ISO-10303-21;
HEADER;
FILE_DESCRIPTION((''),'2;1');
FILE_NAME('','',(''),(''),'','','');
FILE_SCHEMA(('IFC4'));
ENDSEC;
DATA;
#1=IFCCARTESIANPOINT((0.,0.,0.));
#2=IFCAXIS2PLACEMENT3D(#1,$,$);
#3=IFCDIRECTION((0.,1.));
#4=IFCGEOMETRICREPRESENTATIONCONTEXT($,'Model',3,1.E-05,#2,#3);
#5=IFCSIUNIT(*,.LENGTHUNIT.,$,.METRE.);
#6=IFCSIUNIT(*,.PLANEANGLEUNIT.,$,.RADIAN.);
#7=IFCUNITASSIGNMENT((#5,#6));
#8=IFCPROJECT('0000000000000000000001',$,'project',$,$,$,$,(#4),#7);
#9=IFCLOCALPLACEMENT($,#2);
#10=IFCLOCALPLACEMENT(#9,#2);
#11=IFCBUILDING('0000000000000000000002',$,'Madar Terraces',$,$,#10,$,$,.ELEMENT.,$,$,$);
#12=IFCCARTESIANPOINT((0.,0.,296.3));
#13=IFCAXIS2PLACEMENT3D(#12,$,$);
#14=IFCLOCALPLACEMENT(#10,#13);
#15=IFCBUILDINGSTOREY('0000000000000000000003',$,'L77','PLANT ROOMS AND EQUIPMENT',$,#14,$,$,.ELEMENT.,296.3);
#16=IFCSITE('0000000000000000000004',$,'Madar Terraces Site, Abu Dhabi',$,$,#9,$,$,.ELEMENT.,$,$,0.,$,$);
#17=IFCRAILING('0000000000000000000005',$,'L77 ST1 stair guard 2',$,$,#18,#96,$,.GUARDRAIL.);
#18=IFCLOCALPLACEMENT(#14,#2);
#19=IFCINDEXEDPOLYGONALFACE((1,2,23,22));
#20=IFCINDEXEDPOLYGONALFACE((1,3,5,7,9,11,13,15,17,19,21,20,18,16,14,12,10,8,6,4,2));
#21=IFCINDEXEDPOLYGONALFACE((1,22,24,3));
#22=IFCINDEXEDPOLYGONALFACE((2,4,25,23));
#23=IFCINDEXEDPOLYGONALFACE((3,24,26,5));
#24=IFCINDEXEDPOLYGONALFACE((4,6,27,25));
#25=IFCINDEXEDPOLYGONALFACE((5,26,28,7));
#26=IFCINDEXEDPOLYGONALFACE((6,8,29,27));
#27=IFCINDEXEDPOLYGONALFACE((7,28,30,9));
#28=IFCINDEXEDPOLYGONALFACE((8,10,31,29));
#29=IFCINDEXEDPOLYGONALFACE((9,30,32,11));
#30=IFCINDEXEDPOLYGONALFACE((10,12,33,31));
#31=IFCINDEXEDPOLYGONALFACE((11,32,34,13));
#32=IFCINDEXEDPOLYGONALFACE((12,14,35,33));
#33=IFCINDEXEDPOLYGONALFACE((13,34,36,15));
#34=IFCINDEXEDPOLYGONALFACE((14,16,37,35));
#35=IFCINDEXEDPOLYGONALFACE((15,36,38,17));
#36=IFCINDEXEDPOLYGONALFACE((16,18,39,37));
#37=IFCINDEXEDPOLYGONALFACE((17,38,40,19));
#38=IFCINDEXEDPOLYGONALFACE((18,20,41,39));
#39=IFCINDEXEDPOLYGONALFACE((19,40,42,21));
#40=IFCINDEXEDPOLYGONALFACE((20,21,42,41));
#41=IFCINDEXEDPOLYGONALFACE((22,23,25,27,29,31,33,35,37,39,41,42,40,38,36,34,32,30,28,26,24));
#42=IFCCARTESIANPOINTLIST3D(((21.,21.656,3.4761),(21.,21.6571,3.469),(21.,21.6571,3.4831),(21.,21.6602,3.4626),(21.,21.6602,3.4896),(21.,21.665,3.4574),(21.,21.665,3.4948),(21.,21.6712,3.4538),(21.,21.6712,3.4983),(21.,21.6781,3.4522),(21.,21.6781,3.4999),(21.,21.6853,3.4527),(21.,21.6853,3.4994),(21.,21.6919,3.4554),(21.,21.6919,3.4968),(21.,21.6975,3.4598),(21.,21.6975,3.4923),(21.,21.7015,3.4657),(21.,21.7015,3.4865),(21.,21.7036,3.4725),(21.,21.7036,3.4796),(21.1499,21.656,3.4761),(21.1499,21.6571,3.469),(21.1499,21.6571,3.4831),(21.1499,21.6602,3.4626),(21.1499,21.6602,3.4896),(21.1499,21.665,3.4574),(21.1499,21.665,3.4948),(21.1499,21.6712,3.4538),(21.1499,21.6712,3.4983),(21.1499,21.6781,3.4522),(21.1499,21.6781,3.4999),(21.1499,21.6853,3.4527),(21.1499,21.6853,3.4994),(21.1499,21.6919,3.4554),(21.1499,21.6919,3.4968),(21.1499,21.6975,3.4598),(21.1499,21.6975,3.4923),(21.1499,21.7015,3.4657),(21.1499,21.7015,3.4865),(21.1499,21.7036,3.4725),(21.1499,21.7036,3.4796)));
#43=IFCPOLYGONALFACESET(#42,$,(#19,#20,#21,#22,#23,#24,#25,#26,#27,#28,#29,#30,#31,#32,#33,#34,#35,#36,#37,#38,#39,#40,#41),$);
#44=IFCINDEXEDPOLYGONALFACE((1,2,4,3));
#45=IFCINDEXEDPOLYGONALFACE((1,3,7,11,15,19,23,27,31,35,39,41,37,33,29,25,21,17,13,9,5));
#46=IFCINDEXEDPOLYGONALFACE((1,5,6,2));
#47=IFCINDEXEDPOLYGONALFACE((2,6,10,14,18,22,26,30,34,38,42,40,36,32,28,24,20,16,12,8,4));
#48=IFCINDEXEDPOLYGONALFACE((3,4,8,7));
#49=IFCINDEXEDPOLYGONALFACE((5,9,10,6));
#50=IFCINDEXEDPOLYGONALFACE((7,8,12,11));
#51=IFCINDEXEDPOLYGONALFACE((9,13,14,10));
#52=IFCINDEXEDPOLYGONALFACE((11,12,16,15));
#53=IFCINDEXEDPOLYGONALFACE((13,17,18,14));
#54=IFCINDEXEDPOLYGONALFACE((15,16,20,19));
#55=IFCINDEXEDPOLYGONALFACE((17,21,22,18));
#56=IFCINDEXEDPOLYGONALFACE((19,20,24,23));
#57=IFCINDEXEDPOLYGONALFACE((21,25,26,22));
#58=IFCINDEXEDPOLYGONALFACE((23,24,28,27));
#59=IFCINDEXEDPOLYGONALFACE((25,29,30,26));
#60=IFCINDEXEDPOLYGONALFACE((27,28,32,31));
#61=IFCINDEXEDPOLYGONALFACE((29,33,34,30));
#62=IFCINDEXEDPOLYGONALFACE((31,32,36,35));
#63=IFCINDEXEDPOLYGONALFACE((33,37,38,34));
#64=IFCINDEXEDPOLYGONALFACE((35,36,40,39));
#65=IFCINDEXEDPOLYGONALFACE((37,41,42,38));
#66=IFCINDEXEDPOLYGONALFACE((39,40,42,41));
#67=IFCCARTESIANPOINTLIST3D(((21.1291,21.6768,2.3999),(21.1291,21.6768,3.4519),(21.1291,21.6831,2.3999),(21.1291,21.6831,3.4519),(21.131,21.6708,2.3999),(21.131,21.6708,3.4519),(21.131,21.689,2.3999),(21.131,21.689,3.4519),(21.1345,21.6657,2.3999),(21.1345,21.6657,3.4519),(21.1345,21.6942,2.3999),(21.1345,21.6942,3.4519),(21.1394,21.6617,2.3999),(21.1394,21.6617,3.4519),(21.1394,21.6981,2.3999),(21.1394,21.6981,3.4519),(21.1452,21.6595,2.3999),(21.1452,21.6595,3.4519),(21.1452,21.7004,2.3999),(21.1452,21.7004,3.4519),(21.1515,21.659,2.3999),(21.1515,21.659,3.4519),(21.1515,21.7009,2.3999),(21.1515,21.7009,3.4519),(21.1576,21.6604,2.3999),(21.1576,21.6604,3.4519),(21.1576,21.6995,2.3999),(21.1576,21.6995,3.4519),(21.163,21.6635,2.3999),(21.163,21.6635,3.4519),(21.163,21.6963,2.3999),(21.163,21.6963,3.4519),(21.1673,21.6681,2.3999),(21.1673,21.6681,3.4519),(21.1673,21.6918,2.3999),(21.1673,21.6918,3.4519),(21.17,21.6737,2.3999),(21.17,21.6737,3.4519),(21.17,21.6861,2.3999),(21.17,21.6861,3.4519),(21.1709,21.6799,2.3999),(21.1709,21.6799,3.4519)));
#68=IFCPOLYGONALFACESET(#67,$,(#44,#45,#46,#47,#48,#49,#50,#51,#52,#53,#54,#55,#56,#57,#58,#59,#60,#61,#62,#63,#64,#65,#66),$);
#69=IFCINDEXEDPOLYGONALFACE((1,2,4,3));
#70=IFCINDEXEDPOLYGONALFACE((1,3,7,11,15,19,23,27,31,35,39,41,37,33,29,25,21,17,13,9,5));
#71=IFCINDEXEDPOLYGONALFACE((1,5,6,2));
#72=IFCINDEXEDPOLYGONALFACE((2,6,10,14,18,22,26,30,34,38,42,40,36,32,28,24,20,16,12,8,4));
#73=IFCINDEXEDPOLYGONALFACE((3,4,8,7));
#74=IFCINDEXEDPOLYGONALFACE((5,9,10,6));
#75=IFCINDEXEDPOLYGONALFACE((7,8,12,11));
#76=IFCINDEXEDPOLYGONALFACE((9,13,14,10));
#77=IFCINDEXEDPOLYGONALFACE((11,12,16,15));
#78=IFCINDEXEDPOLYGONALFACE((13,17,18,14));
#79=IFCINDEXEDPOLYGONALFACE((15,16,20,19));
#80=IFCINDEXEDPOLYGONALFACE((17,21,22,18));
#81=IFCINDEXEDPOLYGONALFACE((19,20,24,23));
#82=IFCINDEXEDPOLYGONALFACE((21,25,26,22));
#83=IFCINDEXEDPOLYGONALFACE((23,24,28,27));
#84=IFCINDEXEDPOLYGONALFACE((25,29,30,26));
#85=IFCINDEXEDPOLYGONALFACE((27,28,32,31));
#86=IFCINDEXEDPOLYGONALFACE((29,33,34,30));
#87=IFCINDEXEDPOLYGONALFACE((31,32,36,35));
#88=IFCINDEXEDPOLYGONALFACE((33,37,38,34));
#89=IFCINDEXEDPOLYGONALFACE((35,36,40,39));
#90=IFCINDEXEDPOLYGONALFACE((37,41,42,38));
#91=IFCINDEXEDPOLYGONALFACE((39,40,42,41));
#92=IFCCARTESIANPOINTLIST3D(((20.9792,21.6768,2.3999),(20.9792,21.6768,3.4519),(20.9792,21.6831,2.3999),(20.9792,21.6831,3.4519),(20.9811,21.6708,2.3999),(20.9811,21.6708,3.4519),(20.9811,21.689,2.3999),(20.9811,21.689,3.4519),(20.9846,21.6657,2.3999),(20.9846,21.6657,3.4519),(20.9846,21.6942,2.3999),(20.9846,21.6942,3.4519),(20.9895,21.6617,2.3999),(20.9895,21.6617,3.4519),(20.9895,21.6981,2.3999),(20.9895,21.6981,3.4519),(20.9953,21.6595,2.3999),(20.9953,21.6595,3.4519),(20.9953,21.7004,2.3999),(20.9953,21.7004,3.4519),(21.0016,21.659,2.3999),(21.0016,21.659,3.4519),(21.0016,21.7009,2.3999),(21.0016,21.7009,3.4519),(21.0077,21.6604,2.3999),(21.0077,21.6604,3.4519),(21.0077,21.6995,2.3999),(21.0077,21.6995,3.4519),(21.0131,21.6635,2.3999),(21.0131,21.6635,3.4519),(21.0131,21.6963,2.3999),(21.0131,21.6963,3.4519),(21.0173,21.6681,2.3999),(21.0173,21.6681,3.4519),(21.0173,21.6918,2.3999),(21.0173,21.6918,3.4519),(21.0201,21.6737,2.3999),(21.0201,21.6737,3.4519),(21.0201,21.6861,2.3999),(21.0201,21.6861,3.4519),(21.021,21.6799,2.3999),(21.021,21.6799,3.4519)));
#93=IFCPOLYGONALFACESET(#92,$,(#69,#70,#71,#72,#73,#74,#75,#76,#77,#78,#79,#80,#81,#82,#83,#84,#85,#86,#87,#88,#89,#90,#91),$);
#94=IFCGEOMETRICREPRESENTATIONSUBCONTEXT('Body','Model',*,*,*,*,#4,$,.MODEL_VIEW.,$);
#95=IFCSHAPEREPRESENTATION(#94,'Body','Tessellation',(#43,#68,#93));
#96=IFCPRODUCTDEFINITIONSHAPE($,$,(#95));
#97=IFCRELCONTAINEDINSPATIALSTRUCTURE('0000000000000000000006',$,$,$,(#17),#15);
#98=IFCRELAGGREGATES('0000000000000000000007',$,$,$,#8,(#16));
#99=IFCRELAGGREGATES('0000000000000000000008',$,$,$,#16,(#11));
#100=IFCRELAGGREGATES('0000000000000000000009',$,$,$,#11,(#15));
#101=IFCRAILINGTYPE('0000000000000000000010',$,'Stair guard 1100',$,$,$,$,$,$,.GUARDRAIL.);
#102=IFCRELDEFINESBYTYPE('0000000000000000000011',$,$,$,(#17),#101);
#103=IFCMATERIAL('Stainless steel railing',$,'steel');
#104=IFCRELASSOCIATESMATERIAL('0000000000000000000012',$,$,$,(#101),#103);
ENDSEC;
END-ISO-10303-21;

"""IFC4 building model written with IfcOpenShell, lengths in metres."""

from ifc_helpers import new_model, si_unit, direction, frame, origin, origin_2d, place, context, subcontext, project, spatial, circle, extrude, material, type_object, element, save


model = new_model("IFC4")

# Units and contexts
model_context = context("Model", 3, precision=1e-05, world=origin(), true_north=direction((0.0, 1.0)))
body_context = subcontext(model_context, "Body", "Model", "MODEL_VIEW")
ifc_project = project(units=[si_unit("LENGTHUNIT", "METRE"), si_unit("PLANEANGLEUNIT", "RADIAN")], contexts=[model_context])

# Site, building, storey
site_placement = place(None, origin())
site = spatial("IfcSite", under=ifc_project, at=site_placement, Name="Madar Terraces Site, Abu Dhabi", CompositionType="ELEMENT", RefElevation=0.0)
building_placement = place(site_placement, origin())
building = spatial("IfcBuilding", under=site, at=building_placement, Name="Madar Terraces", CompositionType="ELEMENT")
storey_placement = place(building_placement, frame((0.0, 0.0, 296.3)))
storey = spatial("IfcBuildingStorey", under=building, at=storey_placement, Name="L77", Description="PLANT ROOMS AND EQUIPMENT", CompositionType="ELEMENT", Elevation=296.3)

# Railing
ifc_material_1 = material(Name="Stainless steel railing", Category="steel")
railing_type_1 = type_object("IfcRailingType", Name="Stair guard 1100", PredefinedType="GUARDRAIL", material=ifc_material_1)
railing_1_placement = place(storey_placement, frame((21.1499, 21.6799, 2.3999)))
element("IfcRailing", 1, at=railing_1_placement, inside=storey, type_object=railing_type_1, Name="L77 ST1 stair guard 2", PredefinedType="GUARDRAIL", context=body_context, shape_type="SweptSolid", body=[
    extrude(circle(Radius=0.0239, at=origin_2d()), frame((0.0, 0.0, 1.0762), z_axis=(-1.0, 0.0, 0.0), x_axis=(0.0, -1.0, 0.0)), (0.0, 0.0, 1.0), 0.1499),
    extrude(circle(Radius=0.021, at=origin_2d()), origin(), (0.0, 0.0, 1.0), 1.052),
    extrude(circle(Radius=0.021, at=origin_2d()), frame((-0.1499, 0.0, 0.0)), (0.0, 0.0, 1.0), 1.052),
])

save(model, "model.ifc")
